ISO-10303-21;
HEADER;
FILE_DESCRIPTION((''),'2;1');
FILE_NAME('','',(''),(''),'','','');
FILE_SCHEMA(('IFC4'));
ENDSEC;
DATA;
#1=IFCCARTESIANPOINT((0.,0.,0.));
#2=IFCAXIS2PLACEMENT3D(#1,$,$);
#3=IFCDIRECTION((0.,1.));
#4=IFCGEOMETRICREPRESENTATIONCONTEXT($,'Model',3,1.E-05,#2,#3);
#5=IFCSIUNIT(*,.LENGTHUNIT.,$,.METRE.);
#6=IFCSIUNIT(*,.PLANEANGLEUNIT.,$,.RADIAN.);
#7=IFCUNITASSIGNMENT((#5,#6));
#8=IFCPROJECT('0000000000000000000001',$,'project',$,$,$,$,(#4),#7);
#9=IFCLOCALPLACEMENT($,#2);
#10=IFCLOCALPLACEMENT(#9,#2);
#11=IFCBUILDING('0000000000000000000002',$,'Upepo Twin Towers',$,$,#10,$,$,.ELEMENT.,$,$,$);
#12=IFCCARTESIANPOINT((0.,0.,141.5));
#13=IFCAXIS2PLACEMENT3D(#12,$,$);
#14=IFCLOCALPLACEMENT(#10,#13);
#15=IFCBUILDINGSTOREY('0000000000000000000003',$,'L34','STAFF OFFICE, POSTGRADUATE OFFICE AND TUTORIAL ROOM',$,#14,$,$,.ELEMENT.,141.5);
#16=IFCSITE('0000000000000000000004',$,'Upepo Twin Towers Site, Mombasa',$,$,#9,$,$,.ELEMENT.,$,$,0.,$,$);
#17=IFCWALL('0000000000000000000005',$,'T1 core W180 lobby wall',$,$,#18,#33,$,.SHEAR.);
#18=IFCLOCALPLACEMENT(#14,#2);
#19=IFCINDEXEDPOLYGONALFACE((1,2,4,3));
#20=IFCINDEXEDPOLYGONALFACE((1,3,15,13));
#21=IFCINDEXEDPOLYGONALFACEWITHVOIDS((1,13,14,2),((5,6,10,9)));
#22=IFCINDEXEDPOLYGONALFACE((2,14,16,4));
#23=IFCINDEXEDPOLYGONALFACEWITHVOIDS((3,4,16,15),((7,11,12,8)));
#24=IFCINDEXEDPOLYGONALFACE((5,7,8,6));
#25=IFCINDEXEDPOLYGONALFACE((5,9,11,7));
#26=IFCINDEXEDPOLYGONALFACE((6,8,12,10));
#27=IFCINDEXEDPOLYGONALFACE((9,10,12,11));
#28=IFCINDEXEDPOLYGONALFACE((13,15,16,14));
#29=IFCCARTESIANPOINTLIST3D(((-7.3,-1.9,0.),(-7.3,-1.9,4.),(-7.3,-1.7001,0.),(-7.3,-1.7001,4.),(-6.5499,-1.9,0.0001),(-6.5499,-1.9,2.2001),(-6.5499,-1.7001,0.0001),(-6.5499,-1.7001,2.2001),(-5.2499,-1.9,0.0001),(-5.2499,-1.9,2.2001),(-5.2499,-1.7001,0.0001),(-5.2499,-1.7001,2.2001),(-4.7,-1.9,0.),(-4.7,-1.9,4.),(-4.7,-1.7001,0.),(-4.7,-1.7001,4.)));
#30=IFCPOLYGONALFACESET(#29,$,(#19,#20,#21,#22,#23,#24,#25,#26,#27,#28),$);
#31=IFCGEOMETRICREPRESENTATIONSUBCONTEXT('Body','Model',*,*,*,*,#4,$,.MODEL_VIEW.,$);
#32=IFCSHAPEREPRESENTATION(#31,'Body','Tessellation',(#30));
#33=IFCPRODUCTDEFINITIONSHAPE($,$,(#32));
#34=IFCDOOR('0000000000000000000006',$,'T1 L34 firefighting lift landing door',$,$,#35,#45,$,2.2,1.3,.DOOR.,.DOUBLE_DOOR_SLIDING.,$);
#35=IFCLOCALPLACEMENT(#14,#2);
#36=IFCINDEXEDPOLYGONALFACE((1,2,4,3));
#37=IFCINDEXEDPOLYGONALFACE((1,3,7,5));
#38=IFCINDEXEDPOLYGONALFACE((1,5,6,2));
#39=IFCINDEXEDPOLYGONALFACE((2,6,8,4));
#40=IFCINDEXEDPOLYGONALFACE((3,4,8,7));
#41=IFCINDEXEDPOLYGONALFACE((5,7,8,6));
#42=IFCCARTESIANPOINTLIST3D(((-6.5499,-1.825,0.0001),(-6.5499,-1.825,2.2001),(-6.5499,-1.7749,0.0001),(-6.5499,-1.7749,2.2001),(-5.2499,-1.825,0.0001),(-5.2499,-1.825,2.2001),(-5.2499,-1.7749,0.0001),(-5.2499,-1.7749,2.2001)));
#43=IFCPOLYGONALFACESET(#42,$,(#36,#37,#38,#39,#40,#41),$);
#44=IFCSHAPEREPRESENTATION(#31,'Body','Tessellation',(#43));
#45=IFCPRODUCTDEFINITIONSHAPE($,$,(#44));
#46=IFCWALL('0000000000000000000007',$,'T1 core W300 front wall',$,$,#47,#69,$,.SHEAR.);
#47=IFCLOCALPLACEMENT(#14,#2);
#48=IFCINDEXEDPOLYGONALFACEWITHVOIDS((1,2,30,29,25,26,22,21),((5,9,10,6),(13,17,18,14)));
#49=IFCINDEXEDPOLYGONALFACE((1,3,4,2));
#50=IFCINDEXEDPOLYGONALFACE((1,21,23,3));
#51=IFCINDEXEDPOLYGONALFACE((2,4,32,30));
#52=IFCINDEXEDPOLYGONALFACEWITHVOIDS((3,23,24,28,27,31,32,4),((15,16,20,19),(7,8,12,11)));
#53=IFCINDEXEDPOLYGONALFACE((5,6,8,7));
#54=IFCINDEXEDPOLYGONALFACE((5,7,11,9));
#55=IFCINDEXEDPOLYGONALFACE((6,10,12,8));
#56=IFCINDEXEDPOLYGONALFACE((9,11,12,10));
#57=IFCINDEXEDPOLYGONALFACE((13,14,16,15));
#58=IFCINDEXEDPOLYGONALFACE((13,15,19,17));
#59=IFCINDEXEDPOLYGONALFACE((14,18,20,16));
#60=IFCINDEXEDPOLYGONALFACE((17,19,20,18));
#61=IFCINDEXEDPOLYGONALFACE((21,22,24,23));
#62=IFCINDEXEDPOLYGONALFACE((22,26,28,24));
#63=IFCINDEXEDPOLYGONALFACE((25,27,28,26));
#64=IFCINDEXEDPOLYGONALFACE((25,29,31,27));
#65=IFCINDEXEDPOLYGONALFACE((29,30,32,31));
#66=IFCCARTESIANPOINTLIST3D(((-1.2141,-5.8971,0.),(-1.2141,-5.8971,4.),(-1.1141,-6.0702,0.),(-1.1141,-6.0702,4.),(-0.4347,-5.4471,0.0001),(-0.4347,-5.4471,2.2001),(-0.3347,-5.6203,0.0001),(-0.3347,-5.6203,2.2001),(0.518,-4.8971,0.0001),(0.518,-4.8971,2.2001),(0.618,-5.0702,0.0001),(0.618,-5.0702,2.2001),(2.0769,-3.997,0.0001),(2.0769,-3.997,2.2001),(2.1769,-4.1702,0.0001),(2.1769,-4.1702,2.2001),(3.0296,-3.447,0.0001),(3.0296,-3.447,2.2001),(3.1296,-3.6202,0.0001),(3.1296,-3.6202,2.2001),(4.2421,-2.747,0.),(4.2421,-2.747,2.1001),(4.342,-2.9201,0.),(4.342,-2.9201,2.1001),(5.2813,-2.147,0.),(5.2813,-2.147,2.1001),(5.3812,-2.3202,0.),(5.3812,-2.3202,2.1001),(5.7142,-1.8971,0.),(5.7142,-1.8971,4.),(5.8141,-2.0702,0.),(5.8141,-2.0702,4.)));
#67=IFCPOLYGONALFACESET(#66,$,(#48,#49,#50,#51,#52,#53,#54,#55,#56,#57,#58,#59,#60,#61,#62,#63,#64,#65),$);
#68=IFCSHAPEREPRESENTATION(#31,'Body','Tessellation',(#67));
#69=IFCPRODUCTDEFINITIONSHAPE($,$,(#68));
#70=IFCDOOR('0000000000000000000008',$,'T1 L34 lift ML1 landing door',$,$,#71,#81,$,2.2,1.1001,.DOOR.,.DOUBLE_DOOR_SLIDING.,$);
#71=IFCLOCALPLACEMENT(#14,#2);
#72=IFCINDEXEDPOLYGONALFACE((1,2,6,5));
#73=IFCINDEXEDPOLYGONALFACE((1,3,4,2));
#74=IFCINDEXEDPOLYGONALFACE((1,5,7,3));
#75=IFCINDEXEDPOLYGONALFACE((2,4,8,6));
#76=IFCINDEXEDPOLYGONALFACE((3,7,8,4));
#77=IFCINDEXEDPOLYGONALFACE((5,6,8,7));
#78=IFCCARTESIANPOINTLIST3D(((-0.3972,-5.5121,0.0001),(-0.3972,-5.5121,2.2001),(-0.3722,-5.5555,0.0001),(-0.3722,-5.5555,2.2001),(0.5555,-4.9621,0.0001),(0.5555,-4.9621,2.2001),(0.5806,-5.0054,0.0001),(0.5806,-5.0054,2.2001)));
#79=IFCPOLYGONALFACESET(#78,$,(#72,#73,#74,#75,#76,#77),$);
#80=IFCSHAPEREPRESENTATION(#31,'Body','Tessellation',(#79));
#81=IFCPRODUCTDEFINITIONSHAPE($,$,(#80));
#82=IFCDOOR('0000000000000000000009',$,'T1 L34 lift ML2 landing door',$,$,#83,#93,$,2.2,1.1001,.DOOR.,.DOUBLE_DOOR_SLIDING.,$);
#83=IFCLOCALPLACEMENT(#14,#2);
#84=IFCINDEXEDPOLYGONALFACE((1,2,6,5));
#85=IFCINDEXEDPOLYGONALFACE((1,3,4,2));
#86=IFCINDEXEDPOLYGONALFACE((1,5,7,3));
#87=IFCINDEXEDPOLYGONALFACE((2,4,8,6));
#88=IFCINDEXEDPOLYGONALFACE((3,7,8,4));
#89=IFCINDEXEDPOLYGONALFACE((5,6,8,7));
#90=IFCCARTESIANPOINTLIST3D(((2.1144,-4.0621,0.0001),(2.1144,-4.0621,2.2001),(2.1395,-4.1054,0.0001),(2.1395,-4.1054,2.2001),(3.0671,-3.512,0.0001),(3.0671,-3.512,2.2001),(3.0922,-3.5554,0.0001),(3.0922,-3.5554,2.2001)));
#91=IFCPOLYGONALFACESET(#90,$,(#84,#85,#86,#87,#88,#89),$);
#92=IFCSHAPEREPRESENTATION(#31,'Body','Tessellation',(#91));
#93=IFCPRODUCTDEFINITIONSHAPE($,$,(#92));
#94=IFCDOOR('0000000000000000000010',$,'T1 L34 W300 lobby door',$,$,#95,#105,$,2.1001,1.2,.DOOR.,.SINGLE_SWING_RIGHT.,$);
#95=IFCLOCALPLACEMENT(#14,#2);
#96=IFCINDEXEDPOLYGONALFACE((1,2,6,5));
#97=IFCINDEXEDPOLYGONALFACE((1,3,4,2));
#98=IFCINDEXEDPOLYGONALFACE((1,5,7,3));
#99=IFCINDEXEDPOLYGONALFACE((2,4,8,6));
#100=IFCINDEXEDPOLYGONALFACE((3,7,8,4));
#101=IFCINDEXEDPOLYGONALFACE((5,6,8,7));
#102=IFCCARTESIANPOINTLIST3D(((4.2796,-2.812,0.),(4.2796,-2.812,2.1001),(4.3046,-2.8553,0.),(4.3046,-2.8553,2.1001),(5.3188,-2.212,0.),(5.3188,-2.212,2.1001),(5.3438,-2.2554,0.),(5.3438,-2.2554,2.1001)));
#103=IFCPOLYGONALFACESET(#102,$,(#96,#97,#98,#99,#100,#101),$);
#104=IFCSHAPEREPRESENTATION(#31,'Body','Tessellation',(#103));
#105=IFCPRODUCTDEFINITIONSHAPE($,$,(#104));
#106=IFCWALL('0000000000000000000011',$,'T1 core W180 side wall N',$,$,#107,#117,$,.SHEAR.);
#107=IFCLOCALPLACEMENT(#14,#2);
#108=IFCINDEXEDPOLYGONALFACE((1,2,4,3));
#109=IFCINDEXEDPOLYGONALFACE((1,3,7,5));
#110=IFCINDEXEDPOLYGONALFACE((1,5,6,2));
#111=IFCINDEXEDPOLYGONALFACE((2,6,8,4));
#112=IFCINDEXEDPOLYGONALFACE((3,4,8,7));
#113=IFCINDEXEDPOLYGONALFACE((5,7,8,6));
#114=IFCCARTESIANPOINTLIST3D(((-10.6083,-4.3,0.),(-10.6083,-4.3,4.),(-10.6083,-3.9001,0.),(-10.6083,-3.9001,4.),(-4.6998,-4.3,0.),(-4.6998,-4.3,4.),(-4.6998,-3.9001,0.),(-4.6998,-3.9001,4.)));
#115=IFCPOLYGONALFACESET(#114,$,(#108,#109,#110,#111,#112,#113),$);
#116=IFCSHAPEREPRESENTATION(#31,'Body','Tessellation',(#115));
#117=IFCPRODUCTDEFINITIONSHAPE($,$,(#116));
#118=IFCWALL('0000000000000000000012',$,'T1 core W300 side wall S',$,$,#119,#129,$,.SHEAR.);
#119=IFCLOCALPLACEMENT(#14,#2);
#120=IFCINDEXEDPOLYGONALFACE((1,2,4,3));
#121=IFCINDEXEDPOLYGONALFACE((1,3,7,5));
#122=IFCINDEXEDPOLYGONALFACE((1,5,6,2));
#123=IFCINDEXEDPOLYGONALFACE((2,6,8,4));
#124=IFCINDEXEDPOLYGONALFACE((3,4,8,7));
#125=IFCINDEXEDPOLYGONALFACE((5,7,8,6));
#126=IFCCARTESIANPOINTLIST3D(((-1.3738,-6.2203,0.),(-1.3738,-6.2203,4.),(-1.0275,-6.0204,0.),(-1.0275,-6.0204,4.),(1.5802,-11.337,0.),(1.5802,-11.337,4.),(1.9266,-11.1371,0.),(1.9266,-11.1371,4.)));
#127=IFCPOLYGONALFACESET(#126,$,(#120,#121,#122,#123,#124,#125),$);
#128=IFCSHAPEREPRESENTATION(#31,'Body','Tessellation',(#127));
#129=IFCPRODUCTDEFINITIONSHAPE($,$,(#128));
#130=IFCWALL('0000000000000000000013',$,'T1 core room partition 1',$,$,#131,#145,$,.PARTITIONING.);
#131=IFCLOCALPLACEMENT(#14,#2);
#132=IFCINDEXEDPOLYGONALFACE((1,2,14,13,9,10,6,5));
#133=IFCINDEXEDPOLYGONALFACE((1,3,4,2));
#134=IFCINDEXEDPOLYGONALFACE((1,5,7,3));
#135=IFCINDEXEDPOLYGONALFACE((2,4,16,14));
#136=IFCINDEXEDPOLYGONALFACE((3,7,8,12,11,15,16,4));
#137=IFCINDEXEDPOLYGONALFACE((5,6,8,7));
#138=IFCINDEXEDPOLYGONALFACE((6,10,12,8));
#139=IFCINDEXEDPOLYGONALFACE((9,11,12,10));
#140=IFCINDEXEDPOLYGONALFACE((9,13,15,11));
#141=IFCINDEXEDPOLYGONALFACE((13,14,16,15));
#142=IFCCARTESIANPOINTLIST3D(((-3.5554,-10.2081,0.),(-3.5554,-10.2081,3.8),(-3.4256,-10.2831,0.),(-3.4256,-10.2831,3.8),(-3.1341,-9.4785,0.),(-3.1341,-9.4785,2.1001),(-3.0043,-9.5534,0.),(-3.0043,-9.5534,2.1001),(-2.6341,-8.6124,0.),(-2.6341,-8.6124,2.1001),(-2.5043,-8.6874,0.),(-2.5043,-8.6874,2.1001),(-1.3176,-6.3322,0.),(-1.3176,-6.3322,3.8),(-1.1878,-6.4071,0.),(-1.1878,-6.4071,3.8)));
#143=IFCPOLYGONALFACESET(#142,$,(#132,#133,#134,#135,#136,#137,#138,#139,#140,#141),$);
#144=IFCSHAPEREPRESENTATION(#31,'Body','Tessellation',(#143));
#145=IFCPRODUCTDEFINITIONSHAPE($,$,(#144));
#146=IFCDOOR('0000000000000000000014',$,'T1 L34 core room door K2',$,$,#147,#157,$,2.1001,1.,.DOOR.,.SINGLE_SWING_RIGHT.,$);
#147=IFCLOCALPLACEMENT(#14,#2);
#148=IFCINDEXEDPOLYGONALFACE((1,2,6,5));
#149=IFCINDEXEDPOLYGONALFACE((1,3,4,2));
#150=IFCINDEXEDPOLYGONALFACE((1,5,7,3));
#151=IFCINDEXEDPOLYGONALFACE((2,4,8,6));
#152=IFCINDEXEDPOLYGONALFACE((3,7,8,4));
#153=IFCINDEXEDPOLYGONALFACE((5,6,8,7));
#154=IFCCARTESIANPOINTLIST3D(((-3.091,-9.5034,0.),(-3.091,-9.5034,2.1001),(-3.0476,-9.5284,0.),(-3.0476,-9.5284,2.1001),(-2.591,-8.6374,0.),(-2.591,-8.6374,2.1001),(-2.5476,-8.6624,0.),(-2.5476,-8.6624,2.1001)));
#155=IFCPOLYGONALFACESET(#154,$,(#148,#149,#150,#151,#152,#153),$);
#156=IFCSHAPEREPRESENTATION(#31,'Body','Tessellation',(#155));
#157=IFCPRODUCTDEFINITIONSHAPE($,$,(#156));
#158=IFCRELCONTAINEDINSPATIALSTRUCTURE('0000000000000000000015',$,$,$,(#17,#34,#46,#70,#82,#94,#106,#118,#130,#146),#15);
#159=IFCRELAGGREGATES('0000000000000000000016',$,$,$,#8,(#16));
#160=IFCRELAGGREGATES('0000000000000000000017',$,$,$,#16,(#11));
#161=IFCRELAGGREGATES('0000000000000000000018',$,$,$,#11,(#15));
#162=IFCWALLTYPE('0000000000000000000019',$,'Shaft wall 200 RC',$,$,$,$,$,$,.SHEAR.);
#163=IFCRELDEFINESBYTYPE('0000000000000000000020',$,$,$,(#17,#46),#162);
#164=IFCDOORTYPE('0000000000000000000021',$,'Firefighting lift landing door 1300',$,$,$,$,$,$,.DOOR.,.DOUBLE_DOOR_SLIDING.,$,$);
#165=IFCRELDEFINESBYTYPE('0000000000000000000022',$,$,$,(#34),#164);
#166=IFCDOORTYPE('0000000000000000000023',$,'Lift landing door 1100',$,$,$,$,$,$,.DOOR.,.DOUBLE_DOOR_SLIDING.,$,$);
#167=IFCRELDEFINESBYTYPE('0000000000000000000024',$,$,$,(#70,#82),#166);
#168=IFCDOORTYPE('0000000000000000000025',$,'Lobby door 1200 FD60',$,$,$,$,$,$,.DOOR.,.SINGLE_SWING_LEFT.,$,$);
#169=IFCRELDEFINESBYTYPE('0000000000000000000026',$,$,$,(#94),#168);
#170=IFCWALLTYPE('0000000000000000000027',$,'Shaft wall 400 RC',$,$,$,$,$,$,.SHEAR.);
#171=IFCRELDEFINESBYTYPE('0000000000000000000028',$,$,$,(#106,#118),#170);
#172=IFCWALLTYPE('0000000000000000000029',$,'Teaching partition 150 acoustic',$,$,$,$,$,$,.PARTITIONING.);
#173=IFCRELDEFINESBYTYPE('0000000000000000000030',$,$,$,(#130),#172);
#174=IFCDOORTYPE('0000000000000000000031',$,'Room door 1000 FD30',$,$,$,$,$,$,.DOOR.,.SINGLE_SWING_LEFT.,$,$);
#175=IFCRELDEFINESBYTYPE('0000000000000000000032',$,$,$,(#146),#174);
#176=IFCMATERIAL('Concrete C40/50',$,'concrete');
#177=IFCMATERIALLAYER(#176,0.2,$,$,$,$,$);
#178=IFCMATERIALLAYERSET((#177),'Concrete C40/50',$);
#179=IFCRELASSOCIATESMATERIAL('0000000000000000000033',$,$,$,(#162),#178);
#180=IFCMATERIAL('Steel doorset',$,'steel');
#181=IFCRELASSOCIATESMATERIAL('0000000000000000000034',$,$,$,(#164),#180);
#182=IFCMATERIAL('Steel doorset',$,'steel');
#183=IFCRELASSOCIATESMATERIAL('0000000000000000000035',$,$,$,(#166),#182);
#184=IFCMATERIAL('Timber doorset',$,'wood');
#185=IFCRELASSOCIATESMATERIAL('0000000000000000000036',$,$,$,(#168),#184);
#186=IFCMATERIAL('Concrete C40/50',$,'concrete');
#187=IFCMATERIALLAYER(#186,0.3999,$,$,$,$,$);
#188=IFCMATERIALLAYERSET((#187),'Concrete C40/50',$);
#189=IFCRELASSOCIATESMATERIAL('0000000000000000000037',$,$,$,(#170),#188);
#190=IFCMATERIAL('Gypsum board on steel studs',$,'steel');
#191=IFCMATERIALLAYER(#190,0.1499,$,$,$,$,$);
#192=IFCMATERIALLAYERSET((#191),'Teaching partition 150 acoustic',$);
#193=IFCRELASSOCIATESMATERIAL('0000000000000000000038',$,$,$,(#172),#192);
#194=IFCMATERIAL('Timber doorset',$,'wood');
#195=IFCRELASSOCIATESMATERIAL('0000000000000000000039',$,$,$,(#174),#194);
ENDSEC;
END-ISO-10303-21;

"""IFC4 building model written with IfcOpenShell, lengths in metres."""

from ifc_helpers import new_model, si_unit, direction, frame, frame_2d, origin, place, context, subcontext, project, spatial, rectangle, extrude, material, layer, layer_set, type_object, element, fill, save


model = new_model("IFC4")

# Units and contexts
model_context = context("Model", 3, precision=1e-05, world=origin(), true_north=direction((0.0, 1.0)))
body_context = subcontext(model_context, "Body", "Model", "MODEL_VIEW")
ifc_project = project(units=[si_unit("LENGTHUNIT", "METRE"), si_unit("PLANEANGLEUNIT", "RADIAN")], contexts=[model_context])

# Site, building, storey
site_placement = place(None, origin())
site = spatial("IfcSite", under=ifc_project, at=site_placement, Name="Upepo Twin Towers Site, Mombasa", CompositionType="ELEMENT", RefElevation=0.0)
building_placement = place(site_placement, origin())
building = spatial("IfcBuilding", under=site, at=building_placement, Name="Upepo Twin Towers", CompositionType="ELEMENT")
storey_placement = place(building_placement, frame((0.0, 0.0, 141.5)))
storey = spatial("IfcBuildingStorey", under=building, at=storey_placement, Name="L34", Description="STAFF OFFICE, POSTGRADUATE OFFICE AND TUTORIAL ROOM", CompositionType="ELEMENT", Elevation=141.5)

# Shared definitions
ifc_material_1 = material(Name="Concrete C40/50", Category="concrete")
ifc_layer_1 = layer(ifc_material_1, 0.2)
ifc_layer_set_1 = layer_set([ifc_layer_1], Name="Concrete C40/50")
wall_type_1 = type_object("IfcWallType", Name="Shaft wall 200 RC", PredefinedType="SHEAR", material=ifc_layer_set_1)

# Wall, opening, door
wall_1_placement = place(storey_placement, frame((-4.7, -1.8, 0.0), z_axis=(0.0, 0.0, 1.0), x_axis=(-1.0, 0.0, 0.0)))
wall_1 = element("IfcWall", 1, at=wall_1_placement, inside=storey, type_object=wall_type_1, Name="T1 core W180 lobby wall", PredefinedType="SHEAR", context=body_context, shape_type="SweptSolid", body=[
    extrude(rectangle(XDim=2.6001, YDim=0.2, at=frame_2d((1.3, 0.0))), origin(), (0.0, 0.0, 1.0), 4.0),
])
opening_1_placement = place(wall_1_placement, frame((0.55, 0.0, 0.0)))
opening_1 = element("IfcOpeningElement", 2, at=opening_1_placement, cuts=wall_1, PredefinedType="OPENING", context=body_context, shape_type="SweptSolid", body=[
    extrude(rectangle(XDim=1.3, YDim=2.2, at=frame_2d((0.6499, 1.1001))), frame((0.0, 0.1099, 0.0), z_axis=(0.0, -1.0, 0.0), x_axis=(1.0, 0.0, 0.0)), (0.0, 0.0, 1.0), 0.22),
])
ifc_material_2 = material(Name="Steel doorset", Category="steel")
door_type_1 = type_object("IfcDoorType", Name="Firefighting lift landing door 1300", OperationType="DOUBLE_DOOR_SLIDING", PredefinedType="DOOR", material=ifc_material_2)
door_1_placement = place(opening_1_placement, origin())
door_1 = element("IfcDoor", 3, at=door_1_placement, inside=storey, type_object=door_type_1, Name="T1 L34 firefighting lift landing door", OperationType="DOUBLE_DOOR_SLIDING", OverallHeight=2.2, OverallWidth=1.3, PredefinedType="DOOR", context=body_context, shape_type="SweptSolid", body=[
    extrude(rectangle(XDim=1.3, YDim=2.2, at=frame_2d((0.6499, 1.1001))), frame((0.0, 0.0249, 0.0), z_axis=(0.0, -1.0, 0.0), x_axis=(1.0, 0.0, 0.0)), (0.0, 0.0, 1.0), 0.05),
])
fill(opening_1, door_1)

# Wall, openings, doors
wall_2_placement = place(storey_placement, frame((-1.1641, -5.9836, 0.0), z_axis=(0.0, 0.0, 1.0), x_axis=(0.866026, 0.499999, 0.0)))
wall_2 = element("IfcWall", 4, at=wall_2_placement, inside=storey, type_object=wall_type_1, Name="T1 core W300 front wall", PredefinedType="SHEAR", context=body_context, shape_type="SweptSolid", body=[
    extrude(rectangle(XDim=8.0, YDim=0.2, at=frame_2d((4.0, 0.0))), origin(), (0.0, 0.0, 1.0), 4.0),
])
opening_2_placement = place(wall_2_placement, frame((6.3, 0.0, 0.0)))
opening_2 = element("IfcOpeningElement", 5, at=opening_2_placement, cuts=wall_2, PredefinedType="OPENING", context=body_context, shape_type="SweptSolid", body=[
    extrude(rectangle(XDim=1.2, YDim=2.1001, at=frame_2d((0.6001, 1.05))), frame((0.0, 0.1099, 0.0), z_axis=(0.0, -1.0, 0.0), x_axis=(1.0, 0.0, 0.0)), (0.0, 0.0, 1.0), 0.22),
])
opening_3_placement = place(wall_2_placement, frame((0.8999, 0.0, 0.0)))
opening_3 = element("IfcOpeningElement", 6, at=opening_3_placement, cuts=wall_2, PredefinedType="OPENING", context=body_context, shape_type="SweptSolid", body=[
    extrude(rectangle(XDim=1.1001, YDim=2.2, at=frame_2d((0.55, 1.1001))), frame((0.0, 0.1099, 0.0), z_axis=(0.0, -1.0, 0.0), x_axis=(1.0, 0.0, 0.0)), (0.0, 0.0, 1.0), 0.22),
])
opening_4_placement = place(wall_2_placement, frame((3.8, 0.0, 0.0)))
opening_4 = element("IfcOpeningElement", 7, at=opening_4_placement, cuts=wall_2, PredefinedType="OPENING", context=body_context, shape_type="SweptSolid", body=[
    extrude(rectangle(XDim=1.1001, YDim=2.2, at=frame_2d((0.55, 1.1001))), frame((0.0, 0.1099, 0.0), z_axis=(0.0, -1.0, 0.0), x_axis=(1.0, 0.0, 0.0)), (0.0, 0.0, 1.0), 0.22),
])
ifc_material_3 = material(Name="Steel doorset", Category="steel")
door_type_2 = type_object("IfcDoorType", Name="Lift landing door 1100", OperationType="DOUBLE_DOOR_SLIDING", PredefinedType="DOOR", material=ifc_material_3)
door_2_placement = place(opening_3_placement, origin())
door_2 = element("IfcDoor", 8, at=door_2_placement, inside=storey, type_object=door_type_2, Name="T1 L34 lift ML1 landing door", OperationType="DOUBLE_DOOR_SLIDING", OverallHeight=2.2, OverallWidth=1.1001, PredefinedType="DOOR", context=body_context, shape_type="SweptSolid", body=[
    extrude(rectangle(XDim=1.1001, YDim=2.2, at=frame_2d((0.55, 1.1001))), frame((0.0, 0.0249, 0.0), z_axis=(0.0, -1.0, 0.0), x_axis=(1.0, 0.0, 0.0)), (0.0, 0.0, 1.0), 0.05),
])
fill(opening_3, door_2)
door_3_placement = place(opening_4_placement, origin())
door_3 = element("IfcDoor", 9, at=door_3_placement, inside=storey, type_object=door_type_2, Name="T1 L34 lift ML2 landing door", OperationType="DOUBLE_DOOR_SLIDING", OverallHeight=2.2, OverallWidth=1.1001, PredefinedType="DOOR", context=body_context, shape_type="SweptSolid", body=[
    extrude(rectangle(XDim=1.1001, YDim=2.2, at=frame_2d((0.55, 1.1001))), frame((0.0, 0.0249, 0.0), z_axis=(0.0, -1.0, 0.0), x_axis=(1.0, 0.0, 0.0)), (0.0, 0.0, 1.0), 0.05),
])
fill(opening_4, door_3)
ifc_material_4 = material(Name="Timber doorset", Category="wood")
door_type_3 = type_object("IfcDoorType", Name="Lobby door 1200 FD60", OperationType="SINGLE_SWING_LEFT", PredefinedType="DOOR", material=ifc_material_4)
door_4_placement = place(opening_2_placement, origin())
door_4 = element("IfcDoor", 10, at=door_4_placement, inside=storey, type_object=door_type_3, Name="T1 L34 W300 lobby door", OperationType="SINGLE_SWING_RIGHT", OverallHeight=2.1001, OverallWidth=1.2, PredefinedType="DOOR", context=body_context, shape_type="SweptSolid", body=[
    extrude(rectangle(XDim=1.2, YDim=2.1001, at=frame_2d((0.6001, 1.05))), frame((0.0, 0.0249, 0.0), z_axis=(0.0, -1.0, 0.0), x_axis=(1.0, 0.0, 0.0)), (0.0, 0.0, 1.0), 0.05),
])
fill(opening_2, door_4)

# Walls
ifc_material_5 = material(Name="Concrete C40/50", Category="concrete")
ifc_layer_2 = layer(ifc_material_5, 0.3999)
ifc_layer_set_2 = layer_set([ifc_layer_2], Name="Concrete C40/50")
wall_type_2 = type_object("IfcWallType", Name="Shaft wall 400 RC", PredefinedType="SHEAR", material=ifc_layer_set_2)
wall_3_placement = place(storey_placement, frame((-4.7, -4.1001, 0.0), z_axis=(0.0, 0.0, 1.0), x_axis=(-1.0, 0.0, 0.0)))
element("IfcWall", 11, at=wall_3_placement, inside=storey, type_object=wall_type_2, Name="T1 core W180 side wall N", PredefinedType="SHEAR", context=body_context, shape_type="SweptSolid", body=[
    extrude(rectangle(XDim=5.9084, YDim=0.3999, at=frame_2d((2.9541, 0.0))), origin(), (0.0, 0.0, 1.0), 4.0),
])
wall_4_placement = place(storey_placement, frame((-1.2007, -6.1204, 0.0), z_axis=(0.0, 0.0, 1.0), x_axis=(0.499997, -0.866027, 0.0)))
element("IfcWall", 12, at=wall_4_placement, inside=storey, type_object=wall_type_2, Name="T1 core W300 side wall S", PredefinedType="SHEAR", context=body_context, shape_type="SweptSolid", body=[
    extrude(rectangle(XDim=5.9082, YDim=0.3999, at=frame_2d((2.9541, 0.0))), origin(), (0.0, 0.0, 1.0), 4.0),
])

# Wall, opening, door
ifc_material_6 = material(Name="Gypsum board on steel studs", Category="steel")
ifc_layer_3 = layer(ifc_material_6, 0.1499)
ifc_layer_set_3 = layer_set([ifc_layer_3], Name="Teaching partition 150 acoustic")
wall_type_3 = type_object("IfcWallType", Name="Teaching partition 150 acoustic", PredefinedType="PARTITIONING", material=ifc_layer_set_3)
wall_5_placement = place(storey_placement, frame((-1.2527, -6.3696, 0.0), z_axis=(0.0, 0.0, 1.0), x_axis=(-0.499999, -0.866026, 0.0)))
wall_5 = element("IfcWall", 13, at=wall_5_placement, inside=storey, type_object=wall_type_3, Name="T1 core room partition 1", PredefinedType="PARTITIONING", context=body_context, shape_type="SweptSolid", body=[
    extrude(rectangle(XDim=4.4756, YDim=0.1499, at=frame_2d((2.2378, 0.0))), origin(), (0.0, 0.0, 1.0), 3.8),
])
opening_5_placement = place(wall_5_placement, frame((2.6331, 0.0, 0.0)))
opening_5 = element("IfcOpeningElement", 14, at=opening_5_placement, cuts=wall_5, PredefinedType="OPENING", context=body_context, shape_type="SweptSolid", body=[
    extrude(rectangle(XDim=1.0, YDim=2.1001, at=frame_2d((0.5, 1.05))), frame((0.0, 0.085, 0.0), z_axis=(0.0, -1.0, 0.0), x_axis=(1.0, 0.0, 0.0)), (0.0, 0.0, 1.0), 0.1699),
])
ifc_material_7 = material(Name="Timber doorset", Category="wood")
door_type_4 = type_object("IfcDoorType", Name="Room door 1000 FD30", OperationType="SINGLE_SWING_LEFT", PredefinedType="DOOR", material=ifc_material_7)
door_5_placement = place(opening_5_placement, origin())
door_5 = element("IfcDoor", 15, at=door_5_placement, inside=storey, type_object=door_type_4, Name="T1 L34 core room door K2", OperationType="SINGLE_SWING_RIGHT", OverallHeight=2.1001, OverallWidth=1.0, PredefinedType="DOOR", context=body_context, shape_type="SweptSolid", body=[
    extrude(rectangle(XDim=1.0, YDim=2.1001, at=frame_2d((0.5, 1.05))), frame((0.0, 0.0249, 0.0), z_axis=(0.0, -1.0, 0.0), x_axis=(1.0, 0.0, 0.0)), (0.0, 0.0, 1.0), 0.05),
])
fill(opening_5, door_5)

save(model, "model.ifc")
